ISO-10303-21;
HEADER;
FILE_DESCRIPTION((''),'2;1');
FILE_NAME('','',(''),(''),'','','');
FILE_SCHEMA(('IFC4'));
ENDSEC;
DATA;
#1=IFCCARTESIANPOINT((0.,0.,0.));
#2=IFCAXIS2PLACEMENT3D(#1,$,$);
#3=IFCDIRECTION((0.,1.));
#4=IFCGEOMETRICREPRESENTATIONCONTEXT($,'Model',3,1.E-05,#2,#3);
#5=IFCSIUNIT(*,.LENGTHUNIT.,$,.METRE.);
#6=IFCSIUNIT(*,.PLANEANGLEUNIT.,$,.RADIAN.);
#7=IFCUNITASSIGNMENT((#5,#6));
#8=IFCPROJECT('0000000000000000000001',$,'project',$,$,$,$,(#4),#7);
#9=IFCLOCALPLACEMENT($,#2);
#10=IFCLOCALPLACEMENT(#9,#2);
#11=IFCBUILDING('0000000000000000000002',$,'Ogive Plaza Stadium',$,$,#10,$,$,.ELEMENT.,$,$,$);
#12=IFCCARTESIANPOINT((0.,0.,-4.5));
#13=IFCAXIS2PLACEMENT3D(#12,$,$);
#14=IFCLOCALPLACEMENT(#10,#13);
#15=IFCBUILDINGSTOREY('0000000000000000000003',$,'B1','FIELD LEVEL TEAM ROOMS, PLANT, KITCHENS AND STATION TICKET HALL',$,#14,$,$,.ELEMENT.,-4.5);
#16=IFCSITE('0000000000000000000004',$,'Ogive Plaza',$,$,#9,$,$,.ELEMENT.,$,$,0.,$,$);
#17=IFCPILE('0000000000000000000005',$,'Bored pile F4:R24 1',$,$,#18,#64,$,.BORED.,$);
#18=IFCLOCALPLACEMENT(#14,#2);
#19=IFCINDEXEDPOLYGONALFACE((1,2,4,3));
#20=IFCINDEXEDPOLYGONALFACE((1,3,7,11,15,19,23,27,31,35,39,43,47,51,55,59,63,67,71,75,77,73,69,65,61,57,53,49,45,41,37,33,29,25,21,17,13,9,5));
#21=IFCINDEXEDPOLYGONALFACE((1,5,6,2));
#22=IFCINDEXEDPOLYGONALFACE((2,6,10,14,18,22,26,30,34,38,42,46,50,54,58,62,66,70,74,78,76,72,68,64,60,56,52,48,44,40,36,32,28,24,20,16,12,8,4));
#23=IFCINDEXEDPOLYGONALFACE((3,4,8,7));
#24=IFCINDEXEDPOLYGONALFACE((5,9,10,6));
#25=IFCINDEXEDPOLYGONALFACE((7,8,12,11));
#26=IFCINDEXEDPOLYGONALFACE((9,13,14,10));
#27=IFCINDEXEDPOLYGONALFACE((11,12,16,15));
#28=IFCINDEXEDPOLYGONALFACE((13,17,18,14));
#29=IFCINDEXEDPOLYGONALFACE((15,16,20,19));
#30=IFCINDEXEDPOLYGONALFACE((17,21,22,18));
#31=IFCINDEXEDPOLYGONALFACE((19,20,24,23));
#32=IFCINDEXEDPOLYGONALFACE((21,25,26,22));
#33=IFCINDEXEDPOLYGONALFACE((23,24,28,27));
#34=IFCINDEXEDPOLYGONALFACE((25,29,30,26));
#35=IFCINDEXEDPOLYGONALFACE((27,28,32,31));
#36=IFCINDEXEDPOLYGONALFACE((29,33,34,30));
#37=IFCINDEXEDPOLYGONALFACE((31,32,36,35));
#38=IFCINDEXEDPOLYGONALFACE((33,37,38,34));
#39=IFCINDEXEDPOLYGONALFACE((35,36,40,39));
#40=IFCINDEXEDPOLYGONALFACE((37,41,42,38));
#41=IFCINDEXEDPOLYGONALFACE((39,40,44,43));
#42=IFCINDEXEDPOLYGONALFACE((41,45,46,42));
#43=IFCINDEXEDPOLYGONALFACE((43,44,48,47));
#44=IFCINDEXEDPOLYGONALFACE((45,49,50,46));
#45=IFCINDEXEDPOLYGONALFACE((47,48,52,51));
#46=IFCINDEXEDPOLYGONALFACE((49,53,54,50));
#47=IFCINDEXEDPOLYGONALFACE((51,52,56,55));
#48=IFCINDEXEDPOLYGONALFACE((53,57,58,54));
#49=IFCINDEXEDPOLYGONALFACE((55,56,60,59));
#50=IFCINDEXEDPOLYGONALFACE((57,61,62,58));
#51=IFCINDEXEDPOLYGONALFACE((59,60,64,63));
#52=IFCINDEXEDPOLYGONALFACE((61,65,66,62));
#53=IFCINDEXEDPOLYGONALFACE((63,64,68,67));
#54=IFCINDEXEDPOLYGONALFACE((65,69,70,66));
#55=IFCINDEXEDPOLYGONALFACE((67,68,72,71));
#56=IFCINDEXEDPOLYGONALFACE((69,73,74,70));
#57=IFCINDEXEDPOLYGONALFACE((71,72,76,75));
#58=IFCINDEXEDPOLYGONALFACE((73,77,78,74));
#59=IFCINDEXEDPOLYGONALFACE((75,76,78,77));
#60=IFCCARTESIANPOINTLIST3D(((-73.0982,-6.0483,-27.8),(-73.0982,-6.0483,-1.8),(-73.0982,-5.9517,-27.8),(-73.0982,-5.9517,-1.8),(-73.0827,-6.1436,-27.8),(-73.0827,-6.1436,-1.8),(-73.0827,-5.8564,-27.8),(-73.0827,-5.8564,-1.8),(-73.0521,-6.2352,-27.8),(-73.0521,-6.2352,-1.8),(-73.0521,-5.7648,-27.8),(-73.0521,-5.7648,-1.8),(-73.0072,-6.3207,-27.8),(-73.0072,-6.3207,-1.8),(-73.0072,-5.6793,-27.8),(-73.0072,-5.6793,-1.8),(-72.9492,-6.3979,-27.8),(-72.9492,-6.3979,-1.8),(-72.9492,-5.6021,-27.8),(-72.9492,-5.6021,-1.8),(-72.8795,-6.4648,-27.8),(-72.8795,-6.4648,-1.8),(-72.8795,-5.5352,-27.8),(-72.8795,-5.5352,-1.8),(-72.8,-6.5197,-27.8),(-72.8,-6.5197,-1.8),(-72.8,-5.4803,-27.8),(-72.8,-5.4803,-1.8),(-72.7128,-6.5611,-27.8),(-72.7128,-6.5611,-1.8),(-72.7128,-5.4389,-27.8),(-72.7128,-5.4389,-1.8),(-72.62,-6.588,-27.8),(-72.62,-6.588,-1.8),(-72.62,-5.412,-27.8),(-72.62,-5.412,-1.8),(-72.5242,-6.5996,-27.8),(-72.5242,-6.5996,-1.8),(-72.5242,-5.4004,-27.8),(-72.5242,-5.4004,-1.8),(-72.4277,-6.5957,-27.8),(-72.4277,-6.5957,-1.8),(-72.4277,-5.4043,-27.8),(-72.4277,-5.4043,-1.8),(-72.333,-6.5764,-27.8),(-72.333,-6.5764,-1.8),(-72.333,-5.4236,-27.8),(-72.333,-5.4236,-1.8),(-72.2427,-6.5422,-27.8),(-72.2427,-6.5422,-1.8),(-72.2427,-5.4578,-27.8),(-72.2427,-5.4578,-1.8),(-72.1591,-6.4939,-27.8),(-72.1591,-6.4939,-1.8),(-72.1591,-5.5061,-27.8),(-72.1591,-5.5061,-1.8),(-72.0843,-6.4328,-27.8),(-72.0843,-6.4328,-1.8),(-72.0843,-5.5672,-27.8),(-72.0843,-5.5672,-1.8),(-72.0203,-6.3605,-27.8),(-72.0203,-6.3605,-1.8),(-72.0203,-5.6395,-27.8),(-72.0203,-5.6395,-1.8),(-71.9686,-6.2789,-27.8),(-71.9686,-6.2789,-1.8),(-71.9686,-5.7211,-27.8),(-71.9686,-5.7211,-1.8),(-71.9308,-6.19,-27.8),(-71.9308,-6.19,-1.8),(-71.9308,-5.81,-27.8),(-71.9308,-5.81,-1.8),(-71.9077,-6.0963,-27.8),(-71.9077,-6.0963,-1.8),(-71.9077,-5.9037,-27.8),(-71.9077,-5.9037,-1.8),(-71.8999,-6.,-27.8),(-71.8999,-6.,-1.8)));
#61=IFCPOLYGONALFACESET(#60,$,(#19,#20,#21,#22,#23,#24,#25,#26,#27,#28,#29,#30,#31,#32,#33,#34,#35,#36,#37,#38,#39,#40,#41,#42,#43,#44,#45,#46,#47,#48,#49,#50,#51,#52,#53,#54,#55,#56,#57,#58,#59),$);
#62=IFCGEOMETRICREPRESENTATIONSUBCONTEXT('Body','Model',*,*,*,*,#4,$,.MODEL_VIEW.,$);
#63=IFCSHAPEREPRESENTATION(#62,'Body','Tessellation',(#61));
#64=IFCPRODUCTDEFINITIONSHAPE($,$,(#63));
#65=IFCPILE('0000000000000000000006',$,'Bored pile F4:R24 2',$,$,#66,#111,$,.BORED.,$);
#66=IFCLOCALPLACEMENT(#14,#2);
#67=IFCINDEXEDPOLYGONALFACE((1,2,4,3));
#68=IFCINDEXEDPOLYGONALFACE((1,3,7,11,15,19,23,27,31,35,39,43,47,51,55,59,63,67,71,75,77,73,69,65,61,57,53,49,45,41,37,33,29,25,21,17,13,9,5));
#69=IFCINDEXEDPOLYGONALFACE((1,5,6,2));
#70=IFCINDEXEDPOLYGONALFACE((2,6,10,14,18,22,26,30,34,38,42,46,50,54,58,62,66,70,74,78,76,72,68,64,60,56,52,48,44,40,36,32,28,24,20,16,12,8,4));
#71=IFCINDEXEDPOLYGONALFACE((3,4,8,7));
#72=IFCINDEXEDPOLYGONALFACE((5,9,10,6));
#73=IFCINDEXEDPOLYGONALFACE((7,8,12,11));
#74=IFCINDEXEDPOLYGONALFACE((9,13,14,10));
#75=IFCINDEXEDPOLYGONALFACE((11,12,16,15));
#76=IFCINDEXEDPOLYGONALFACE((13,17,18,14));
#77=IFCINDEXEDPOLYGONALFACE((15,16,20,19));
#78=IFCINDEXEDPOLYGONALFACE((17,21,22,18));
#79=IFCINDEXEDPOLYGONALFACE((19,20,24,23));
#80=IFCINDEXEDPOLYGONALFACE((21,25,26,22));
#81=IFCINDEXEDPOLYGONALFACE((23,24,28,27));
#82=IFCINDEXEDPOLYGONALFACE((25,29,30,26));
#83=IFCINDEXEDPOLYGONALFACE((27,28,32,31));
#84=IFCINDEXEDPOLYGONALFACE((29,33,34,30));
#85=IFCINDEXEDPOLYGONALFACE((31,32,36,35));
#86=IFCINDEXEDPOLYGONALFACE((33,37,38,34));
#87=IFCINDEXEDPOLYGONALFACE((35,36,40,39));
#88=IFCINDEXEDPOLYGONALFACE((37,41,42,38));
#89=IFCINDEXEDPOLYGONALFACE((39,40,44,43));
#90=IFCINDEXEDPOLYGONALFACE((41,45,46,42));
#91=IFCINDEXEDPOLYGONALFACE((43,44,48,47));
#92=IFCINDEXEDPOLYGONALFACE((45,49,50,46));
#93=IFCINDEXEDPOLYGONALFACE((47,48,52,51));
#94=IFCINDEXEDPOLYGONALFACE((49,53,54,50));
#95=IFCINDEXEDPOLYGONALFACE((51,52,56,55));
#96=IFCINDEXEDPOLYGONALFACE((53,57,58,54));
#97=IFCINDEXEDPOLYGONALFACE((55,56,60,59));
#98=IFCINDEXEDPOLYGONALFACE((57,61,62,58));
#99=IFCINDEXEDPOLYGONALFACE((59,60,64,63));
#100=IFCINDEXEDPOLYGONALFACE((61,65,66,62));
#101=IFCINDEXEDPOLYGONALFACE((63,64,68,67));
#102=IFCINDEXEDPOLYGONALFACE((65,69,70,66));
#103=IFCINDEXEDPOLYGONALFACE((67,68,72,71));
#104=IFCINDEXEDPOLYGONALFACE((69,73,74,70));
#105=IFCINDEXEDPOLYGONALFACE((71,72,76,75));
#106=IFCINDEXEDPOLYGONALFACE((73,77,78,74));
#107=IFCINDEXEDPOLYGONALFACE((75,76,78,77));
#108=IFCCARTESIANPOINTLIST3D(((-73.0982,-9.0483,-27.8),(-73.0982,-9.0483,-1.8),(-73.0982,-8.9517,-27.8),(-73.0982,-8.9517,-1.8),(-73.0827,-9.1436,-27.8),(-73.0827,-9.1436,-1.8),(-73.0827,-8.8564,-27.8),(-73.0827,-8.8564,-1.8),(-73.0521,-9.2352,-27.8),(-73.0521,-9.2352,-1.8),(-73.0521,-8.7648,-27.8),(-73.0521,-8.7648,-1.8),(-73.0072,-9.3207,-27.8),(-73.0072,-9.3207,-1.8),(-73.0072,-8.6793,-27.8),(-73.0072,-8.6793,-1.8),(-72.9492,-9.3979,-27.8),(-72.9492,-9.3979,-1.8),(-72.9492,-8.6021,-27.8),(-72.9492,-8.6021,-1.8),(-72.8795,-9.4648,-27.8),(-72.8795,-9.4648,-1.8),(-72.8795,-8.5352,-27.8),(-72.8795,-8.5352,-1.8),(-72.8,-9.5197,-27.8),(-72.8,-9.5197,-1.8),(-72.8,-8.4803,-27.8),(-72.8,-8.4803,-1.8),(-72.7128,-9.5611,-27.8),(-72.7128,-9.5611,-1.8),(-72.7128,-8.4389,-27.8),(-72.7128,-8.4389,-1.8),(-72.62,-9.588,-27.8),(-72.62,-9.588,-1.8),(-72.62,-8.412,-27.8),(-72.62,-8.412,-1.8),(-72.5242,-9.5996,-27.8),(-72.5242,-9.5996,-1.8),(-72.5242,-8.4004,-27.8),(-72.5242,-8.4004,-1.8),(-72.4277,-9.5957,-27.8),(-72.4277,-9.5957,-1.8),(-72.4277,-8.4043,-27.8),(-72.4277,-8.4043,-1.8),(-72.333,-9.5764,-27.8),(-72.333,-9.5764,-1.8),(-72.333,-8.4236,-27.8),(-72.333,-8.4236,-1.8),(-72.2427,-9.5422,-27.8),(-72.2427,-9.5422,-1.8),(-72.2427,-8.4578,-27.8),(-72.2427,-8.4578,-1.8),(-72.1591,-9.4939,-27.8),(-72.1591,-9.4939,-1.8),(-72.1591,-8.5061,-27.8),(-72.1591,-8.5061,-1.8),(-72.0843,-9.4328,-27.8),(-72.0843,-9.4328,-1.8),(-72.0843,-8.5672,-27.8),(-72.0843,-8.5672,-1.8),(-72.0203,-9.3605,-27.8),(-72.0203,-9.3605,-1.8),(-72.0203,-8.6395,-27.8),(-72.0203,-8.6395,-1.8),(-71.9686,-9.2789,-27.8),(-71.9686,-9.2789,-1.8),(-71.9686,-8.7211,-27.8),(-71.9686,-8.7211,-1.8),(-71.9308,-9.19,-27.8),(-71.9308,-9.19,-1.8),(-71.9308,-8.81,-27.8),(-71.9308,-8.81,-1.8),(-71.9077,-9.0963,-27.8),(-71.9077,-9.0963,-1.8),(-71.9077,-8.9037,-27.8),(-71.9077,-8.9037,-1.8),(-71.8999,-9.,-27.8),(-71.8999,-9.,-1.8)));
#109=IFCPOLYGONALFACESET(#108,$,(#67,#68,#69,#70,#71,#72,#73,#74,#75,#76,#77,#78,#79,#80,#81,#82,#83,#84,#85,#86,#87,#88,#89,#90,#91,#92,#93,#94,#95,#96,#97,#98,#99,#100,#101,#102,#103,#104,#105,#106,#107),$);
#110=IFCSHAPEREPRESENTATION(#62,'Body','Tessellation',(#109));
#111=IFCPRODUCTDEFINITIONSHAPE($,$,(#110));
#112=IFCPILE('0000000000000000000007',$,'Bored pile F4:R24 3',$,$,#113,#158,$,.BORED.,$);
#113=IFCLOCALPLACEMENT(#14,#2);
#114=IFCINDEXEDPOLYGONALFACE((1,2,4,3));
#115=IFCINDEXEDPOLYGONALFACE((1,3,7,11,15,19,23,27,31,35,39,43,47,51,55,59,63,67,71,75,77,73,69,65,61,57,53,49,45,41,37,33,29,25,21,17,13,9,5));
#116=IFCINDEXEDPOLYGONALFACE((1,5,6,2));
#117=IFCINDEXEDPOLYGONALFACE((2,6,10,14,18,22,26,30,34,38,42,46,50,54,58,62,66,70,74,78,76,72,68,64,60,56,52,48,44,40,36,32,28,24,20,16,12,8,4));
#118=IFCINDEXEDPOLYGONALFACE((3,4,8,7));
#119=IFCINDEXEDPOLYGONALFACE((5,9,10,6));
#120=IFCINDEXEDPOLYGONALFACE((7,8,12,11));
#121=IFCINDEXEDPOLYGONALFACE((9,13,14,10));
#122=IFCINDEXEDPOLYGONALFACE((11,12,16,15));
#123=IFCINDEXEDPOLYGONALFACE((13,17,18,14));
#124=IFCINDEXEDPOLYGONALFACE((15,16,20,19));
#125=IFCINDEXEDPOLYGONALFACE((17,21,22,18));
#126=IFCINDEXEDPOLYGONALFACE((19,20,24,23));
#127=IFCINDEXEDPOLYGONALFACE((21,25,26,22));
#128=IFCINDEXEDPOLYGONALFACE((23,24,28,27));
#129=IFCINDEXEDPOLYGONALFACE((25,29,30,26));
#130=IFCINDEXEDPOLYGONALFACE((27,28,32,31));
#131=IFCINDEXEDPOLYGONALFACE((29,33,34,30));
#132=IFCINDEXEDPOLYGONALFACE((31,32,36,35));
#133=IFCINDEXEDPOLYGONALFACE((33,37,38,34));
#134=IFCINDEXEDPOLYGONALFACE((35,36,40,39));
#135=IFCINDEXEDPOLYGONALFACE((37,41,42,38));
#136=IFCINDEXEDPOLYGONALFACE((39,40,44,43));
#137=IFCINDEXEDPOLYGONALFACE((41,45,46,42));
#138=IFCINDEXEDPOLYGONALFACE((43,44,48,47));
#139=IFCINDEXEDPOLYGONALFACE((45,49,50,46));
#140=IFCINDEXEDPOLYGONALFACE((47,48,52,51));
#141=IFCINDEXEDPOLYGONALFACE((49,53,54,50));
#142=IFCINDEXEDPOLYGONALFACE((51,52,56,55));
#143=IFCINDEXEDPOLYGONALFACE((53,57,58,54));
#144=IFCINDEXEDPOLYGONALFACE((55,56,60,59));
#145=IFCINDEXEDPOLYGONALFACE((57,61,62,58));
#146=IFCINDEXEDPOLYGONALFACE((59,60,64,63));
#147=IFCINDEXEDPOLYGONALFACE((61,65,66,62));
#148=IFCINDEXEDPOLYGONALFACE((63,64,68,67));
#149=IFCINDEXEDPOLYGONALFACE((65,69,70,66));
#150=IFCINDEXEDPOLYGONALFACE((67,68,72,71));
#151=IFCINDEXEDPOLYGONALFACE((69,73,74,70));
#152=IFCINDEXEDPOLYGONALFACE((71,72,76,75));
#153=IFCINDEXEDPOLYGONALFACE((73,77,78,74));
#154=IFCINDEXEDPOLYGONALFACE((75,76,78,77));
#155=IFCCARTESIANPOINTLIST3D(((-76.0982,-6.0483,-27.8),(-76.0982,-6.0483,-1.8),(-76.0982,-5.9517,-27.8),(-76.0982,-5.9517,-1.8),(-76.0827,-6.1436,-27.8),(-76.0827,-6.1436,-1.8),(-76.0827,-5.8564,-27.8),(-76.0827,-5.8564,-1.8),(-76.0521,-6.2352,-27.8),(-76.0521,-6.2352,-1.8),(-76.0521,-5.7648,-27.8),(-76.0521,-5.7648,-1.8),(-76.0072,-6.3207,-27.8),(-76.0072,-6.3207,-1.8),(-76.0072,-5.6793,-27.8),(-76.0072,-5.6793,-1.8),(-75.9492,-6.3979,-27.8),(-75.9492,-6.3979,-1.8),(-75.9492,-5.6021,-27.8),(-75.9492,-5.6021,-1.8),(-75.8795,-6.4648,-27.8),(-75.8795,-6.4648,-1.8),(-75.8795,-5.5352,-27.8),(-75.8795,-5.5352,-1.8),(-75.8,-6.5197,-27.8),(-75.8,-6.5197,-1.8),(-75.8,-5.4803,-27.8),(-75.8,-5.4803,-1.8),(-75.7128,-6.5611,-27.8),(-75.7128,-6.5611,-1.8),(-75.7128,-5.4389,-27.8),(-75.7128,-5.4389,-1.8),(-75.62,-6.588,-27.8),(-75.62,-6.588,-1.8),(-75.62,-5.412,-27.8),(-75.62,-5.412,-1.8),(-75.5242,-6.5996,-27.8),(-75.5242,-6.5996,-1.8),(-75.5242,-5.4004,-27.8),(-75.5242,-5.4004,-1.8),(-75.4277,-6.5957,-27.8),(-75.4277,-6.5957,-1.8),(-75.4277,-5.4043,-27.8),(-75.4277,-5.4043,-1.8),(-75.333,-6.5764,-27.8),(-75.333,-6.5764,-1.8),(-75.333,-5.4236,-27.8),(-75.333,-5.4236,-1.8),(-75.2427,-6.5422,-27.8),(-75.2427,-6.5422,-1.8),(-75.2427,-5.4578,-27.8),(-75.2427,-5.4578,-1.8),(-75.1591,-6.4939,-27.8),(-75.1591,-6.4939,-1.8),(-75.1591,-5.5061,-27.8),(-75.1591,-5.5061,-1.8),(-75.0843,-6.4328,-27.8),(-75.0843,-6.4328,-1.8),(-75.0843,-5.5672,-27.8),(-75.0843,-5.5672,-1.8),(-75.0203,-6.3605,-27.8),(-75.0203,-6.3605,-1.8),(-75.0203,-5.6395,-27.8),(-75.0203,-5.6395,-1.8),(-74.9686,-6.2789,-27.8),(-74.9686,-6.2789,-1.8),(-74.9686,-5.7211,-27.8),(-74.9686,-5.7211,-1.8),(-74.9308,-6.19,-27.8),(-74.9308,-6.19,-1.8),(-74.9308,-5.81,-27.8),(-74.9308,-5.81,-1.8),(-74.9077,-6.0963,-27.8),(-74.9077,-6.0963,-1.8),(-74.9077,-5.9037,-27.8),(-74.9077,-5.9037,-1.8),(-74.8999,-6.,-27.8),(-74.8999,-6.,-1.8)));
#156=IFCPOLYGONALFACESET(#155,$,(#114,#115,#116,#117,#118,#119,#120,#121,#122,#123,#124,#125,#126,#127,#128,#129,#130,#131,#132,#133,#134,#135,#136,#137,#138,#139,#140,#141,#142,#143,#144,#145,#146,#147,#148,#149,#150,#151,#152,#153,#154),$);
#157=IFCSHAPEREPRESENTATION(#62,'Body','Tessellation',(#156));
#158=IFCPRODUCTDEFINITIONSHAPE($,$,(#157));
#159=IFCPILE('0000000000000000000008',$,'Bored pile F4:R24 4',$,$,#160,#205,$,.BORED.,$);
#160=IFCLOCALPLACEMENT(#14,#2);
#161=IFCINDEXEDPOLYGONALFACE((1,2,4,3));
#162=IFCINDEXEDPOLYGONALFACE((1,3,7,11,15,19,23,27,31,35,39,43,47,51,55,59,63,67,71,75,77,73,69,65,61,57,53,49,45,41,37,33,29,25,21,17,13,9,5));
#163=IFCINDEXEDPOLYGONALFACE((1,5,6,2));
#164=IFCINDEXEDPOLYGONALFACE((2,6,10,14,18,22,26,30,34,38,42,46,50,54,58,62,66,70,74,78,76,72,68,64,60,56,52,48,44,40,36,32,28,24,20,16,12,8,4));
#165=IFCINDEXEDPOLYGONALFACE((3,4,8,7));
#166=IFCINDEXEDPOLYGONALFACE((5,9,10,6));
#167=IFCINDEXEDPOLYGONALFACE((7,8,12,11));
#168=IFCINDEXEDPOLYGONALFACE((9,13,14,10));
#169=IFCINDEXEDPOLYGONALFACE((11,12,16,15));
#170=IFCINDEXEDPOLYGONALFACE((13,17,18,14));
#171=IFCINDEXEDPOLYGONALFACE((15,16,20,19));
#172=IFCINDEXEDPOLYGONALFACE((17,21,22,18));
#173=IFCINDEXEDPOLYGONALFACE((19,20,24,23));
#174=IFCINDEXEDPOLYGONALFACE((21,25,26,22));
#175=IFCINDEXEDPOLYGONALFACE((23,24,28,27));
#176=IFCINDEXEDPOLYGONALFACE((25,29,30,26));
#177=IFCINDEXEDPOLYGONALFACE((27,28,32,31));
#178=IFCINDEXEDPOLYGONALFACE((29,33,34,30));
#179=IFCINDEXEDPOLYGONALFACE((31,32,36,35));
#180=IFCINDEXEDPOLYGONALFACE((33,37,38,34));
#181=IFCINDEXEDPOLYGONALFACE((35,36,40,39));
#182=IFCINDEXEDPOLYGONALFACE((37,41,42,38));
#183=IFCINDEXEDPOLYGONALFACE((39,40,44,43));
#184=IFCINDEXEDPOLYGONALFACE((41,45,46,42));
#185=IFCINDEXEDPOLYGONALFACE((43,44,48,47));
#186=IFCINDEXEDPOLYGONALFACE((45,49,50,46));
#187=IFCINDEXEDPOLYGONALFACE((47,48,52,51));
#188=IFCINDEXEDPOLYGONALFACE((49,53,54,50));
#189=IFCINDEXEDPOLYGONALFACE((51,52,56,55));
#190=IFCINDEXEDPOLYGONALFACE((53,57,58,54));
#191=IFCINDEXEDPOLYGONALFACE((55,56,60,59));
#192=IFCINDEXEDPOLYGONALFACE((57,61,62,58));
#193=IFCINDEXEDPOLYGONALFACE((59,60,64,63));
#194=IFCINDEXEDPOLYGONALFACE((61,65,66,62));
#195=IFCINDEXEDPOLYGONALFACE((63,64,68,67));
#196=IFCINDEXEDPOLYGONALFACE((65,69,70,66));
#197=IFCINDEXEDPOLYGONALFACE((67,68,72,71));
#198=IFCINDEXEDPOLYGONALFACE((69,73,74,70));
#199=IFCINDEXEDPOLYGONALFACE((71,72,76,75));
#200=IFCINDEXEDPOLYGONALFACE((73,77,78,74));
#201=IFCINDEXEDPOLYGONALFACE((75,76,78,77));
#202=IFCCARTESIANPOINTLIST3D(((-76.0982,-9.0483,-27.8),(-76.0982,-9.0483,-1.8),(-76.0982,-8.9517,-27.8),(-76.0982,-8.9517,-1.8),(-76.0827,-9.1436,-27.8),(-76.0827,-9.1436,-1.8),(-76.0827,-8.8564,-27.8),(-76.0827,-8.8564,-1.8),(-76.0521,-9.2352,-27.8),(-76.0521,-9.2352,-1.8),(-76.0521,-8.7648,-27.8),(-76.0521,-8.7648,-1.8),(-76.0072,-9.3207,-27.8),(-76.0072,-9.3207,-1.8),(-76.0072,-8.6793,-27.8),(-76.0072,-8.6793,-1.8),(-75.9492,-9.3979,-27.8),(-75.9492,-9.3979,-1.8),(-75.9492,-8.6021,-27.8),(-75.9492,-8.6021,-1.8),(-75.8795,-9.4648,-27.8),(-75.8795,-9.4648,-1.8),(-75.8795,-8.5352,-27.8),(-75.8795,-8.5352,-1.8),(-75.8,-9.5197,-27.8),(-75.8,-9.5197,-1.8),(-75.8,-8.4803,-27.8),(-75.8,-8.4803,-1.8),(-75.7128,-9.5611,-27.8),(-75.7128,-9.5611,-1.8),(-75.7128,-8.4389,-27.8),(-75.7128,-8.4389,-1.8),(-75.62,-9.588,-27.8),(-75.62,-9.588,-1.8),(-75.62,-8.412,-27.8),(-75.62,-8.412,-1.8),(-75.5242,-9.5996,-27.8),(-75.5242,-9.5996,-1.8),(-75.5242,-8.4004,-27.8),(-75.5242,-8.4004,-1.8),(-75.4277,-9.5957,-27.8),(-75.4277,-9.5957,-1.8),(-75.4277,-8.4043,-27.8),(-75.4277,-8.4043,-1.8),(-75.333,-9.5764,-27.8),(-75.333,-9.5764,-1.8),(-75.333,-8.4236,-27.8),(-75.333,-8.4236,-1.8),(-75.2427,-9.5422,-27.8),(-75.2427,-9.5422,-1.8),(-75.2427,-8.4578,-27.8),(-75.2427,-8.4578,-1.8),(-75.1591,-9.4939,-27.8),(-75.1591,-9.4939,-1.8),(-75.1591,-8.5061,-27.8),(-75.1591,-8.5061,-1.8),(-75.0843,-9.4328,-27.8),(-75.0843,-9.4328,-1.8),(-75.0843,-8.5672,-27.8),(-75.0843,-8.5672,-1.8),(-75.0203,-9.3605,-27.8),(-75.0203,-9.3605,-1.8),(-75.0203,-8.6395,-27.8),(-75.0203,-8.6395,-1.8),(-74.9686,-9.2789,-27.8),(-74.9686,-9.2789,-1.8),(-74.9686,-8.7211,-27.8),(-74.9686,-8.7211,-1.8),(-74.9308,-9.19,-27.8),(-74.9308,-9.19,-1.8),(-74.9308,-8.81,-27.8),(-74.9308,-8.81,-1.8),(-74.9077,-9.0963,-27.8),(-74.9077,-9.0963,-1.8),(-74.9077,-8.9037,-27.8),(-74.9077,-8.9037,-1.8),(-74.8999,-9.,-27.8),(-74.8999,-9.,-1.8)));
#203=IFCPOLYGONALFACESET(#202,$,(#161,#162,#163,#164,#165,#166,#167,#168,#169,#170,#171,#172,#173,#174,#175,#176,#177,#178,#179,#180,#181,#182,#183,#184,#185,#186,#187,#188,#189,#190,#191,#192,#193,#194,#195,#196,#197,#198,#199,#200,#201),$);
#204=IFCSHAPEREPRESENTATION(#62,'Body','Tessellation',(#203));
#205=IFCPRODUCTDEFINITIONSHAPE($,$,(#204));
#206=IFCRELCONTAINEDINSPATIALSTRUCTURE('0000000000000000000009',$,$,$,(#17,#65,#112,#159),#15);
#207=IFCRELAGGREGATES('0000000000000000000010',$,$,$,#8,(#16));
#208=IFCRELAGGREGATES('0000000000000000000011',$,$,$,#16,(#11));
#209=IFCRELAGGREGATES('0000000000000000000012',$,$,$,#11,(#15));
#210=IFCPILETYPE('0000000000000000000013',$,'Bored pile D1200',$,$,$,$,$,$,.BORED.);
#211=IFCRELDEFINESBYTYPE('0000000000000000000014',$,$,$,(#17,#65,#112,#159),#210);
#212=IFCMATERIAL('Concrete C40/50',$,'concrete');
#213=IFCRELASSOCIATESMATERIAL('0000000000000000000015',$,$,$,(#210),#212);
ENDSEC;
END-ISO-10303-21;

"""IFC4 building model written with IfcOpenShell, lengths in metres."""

from ifc_helpers import new_model, si_unit, direction, frame, origin, origin_2d, place, context, subcontext, project, spatial, circle, extrude, material, material_profile, profile_set, type_object, element, save


model = new_model("IFC4")

# Units and contexts
model_context = context("Model", 3, precision=1e-05, world=origin(), true_north=direction((0.0, 1.0)))
body_context = subcontext(model_context, "Body", "Model", "MODEL_VIEW")
ifc_project = project(units=[si_unit("LENGTHUNIT", "METRE"), si_unit("PLANEANGLEUNIT", "RADIAN")], contexts=[model_context])

# Site, building, storey
site_placement = place(None, origin())
site = spatial("IfcSite", under=ifc_project, at=site_placement, Name="Ogive Plaza", CompositionType="ELEMENT", RefElevation=0.0)
building_placement = place(site_placement, origin())
building = spatial("IfcBuilding", under=site, at=building_placement, Name="Ogive Plaza Stadium", CompositionType="ELEMENT")
storey_placement = place(building_placement, frame((0.0, 0.0, -4.5)))
storey = spatial("IfcBuildingStorey", under=building, at=storey_placement, Name="B1", Description="FIELD LEVEL TEAM ROOMS, PLANT, KITCHENS AND STATION TICKET HALL", CompositionType="ELEMENT", Elevation=-4.5)

# Piles
ifc_material_1 = material(Name="Concrete C40/50", Category="concrete")
ifc_material_profile_1 = material_profile(ifc_material_1, circle(Radius=0.6001, at=origin_2d()), Name="RC D1200")
ifc_profile_set_1 = profile_set([ifc_material_profile_1], Name="Concrete C40/50")
pile_type_1 = type_object("IfcPileType", Name="Bored pile D1200", PredefinedType="BORED", material=ifc_profile_set_1)
for number, where, z_axis, x_axis, name in (
    (1, (-72.5, -6.0, -1.8), (0.0, 0.0, -1.0), (1.0, 0.0, 0.0), "Bored pile F4:R24 1"),
    (2, (-72.5, -9.0, -1.8), (0.0, 0.0, -1.0), (1.0, 0.0, 0.0), "Bored pile F4:R24 2"),
    (3, (-75.5, -6.0, -1.8), (0.0, 0.0, -1.0), (1.0, 0.0, 0.0), "Bored pile F4:R24 3"),
    (4, (-75.5, -9.0, -1.8), (0.0, 0.0, -1.0), (1.0, 0.0, 0.0), "Bored pile F4:R24 4"),
):
    element("IfcPile", number, at=place(storey_placement, frame(where, z_axis=z_axis, x_axis=x_axis)), inside=storey, type_object=pile_type_1, Name=name, PredefinedType="BORED", context=body_context, shape_type="SweptSolid", body=[
        extrude(circle(Radius=0.6001, at=origin_2d()), origin(), (0.0, 0.0, 1.0), 26.0),
    ])

save(model, "model.ifc")
